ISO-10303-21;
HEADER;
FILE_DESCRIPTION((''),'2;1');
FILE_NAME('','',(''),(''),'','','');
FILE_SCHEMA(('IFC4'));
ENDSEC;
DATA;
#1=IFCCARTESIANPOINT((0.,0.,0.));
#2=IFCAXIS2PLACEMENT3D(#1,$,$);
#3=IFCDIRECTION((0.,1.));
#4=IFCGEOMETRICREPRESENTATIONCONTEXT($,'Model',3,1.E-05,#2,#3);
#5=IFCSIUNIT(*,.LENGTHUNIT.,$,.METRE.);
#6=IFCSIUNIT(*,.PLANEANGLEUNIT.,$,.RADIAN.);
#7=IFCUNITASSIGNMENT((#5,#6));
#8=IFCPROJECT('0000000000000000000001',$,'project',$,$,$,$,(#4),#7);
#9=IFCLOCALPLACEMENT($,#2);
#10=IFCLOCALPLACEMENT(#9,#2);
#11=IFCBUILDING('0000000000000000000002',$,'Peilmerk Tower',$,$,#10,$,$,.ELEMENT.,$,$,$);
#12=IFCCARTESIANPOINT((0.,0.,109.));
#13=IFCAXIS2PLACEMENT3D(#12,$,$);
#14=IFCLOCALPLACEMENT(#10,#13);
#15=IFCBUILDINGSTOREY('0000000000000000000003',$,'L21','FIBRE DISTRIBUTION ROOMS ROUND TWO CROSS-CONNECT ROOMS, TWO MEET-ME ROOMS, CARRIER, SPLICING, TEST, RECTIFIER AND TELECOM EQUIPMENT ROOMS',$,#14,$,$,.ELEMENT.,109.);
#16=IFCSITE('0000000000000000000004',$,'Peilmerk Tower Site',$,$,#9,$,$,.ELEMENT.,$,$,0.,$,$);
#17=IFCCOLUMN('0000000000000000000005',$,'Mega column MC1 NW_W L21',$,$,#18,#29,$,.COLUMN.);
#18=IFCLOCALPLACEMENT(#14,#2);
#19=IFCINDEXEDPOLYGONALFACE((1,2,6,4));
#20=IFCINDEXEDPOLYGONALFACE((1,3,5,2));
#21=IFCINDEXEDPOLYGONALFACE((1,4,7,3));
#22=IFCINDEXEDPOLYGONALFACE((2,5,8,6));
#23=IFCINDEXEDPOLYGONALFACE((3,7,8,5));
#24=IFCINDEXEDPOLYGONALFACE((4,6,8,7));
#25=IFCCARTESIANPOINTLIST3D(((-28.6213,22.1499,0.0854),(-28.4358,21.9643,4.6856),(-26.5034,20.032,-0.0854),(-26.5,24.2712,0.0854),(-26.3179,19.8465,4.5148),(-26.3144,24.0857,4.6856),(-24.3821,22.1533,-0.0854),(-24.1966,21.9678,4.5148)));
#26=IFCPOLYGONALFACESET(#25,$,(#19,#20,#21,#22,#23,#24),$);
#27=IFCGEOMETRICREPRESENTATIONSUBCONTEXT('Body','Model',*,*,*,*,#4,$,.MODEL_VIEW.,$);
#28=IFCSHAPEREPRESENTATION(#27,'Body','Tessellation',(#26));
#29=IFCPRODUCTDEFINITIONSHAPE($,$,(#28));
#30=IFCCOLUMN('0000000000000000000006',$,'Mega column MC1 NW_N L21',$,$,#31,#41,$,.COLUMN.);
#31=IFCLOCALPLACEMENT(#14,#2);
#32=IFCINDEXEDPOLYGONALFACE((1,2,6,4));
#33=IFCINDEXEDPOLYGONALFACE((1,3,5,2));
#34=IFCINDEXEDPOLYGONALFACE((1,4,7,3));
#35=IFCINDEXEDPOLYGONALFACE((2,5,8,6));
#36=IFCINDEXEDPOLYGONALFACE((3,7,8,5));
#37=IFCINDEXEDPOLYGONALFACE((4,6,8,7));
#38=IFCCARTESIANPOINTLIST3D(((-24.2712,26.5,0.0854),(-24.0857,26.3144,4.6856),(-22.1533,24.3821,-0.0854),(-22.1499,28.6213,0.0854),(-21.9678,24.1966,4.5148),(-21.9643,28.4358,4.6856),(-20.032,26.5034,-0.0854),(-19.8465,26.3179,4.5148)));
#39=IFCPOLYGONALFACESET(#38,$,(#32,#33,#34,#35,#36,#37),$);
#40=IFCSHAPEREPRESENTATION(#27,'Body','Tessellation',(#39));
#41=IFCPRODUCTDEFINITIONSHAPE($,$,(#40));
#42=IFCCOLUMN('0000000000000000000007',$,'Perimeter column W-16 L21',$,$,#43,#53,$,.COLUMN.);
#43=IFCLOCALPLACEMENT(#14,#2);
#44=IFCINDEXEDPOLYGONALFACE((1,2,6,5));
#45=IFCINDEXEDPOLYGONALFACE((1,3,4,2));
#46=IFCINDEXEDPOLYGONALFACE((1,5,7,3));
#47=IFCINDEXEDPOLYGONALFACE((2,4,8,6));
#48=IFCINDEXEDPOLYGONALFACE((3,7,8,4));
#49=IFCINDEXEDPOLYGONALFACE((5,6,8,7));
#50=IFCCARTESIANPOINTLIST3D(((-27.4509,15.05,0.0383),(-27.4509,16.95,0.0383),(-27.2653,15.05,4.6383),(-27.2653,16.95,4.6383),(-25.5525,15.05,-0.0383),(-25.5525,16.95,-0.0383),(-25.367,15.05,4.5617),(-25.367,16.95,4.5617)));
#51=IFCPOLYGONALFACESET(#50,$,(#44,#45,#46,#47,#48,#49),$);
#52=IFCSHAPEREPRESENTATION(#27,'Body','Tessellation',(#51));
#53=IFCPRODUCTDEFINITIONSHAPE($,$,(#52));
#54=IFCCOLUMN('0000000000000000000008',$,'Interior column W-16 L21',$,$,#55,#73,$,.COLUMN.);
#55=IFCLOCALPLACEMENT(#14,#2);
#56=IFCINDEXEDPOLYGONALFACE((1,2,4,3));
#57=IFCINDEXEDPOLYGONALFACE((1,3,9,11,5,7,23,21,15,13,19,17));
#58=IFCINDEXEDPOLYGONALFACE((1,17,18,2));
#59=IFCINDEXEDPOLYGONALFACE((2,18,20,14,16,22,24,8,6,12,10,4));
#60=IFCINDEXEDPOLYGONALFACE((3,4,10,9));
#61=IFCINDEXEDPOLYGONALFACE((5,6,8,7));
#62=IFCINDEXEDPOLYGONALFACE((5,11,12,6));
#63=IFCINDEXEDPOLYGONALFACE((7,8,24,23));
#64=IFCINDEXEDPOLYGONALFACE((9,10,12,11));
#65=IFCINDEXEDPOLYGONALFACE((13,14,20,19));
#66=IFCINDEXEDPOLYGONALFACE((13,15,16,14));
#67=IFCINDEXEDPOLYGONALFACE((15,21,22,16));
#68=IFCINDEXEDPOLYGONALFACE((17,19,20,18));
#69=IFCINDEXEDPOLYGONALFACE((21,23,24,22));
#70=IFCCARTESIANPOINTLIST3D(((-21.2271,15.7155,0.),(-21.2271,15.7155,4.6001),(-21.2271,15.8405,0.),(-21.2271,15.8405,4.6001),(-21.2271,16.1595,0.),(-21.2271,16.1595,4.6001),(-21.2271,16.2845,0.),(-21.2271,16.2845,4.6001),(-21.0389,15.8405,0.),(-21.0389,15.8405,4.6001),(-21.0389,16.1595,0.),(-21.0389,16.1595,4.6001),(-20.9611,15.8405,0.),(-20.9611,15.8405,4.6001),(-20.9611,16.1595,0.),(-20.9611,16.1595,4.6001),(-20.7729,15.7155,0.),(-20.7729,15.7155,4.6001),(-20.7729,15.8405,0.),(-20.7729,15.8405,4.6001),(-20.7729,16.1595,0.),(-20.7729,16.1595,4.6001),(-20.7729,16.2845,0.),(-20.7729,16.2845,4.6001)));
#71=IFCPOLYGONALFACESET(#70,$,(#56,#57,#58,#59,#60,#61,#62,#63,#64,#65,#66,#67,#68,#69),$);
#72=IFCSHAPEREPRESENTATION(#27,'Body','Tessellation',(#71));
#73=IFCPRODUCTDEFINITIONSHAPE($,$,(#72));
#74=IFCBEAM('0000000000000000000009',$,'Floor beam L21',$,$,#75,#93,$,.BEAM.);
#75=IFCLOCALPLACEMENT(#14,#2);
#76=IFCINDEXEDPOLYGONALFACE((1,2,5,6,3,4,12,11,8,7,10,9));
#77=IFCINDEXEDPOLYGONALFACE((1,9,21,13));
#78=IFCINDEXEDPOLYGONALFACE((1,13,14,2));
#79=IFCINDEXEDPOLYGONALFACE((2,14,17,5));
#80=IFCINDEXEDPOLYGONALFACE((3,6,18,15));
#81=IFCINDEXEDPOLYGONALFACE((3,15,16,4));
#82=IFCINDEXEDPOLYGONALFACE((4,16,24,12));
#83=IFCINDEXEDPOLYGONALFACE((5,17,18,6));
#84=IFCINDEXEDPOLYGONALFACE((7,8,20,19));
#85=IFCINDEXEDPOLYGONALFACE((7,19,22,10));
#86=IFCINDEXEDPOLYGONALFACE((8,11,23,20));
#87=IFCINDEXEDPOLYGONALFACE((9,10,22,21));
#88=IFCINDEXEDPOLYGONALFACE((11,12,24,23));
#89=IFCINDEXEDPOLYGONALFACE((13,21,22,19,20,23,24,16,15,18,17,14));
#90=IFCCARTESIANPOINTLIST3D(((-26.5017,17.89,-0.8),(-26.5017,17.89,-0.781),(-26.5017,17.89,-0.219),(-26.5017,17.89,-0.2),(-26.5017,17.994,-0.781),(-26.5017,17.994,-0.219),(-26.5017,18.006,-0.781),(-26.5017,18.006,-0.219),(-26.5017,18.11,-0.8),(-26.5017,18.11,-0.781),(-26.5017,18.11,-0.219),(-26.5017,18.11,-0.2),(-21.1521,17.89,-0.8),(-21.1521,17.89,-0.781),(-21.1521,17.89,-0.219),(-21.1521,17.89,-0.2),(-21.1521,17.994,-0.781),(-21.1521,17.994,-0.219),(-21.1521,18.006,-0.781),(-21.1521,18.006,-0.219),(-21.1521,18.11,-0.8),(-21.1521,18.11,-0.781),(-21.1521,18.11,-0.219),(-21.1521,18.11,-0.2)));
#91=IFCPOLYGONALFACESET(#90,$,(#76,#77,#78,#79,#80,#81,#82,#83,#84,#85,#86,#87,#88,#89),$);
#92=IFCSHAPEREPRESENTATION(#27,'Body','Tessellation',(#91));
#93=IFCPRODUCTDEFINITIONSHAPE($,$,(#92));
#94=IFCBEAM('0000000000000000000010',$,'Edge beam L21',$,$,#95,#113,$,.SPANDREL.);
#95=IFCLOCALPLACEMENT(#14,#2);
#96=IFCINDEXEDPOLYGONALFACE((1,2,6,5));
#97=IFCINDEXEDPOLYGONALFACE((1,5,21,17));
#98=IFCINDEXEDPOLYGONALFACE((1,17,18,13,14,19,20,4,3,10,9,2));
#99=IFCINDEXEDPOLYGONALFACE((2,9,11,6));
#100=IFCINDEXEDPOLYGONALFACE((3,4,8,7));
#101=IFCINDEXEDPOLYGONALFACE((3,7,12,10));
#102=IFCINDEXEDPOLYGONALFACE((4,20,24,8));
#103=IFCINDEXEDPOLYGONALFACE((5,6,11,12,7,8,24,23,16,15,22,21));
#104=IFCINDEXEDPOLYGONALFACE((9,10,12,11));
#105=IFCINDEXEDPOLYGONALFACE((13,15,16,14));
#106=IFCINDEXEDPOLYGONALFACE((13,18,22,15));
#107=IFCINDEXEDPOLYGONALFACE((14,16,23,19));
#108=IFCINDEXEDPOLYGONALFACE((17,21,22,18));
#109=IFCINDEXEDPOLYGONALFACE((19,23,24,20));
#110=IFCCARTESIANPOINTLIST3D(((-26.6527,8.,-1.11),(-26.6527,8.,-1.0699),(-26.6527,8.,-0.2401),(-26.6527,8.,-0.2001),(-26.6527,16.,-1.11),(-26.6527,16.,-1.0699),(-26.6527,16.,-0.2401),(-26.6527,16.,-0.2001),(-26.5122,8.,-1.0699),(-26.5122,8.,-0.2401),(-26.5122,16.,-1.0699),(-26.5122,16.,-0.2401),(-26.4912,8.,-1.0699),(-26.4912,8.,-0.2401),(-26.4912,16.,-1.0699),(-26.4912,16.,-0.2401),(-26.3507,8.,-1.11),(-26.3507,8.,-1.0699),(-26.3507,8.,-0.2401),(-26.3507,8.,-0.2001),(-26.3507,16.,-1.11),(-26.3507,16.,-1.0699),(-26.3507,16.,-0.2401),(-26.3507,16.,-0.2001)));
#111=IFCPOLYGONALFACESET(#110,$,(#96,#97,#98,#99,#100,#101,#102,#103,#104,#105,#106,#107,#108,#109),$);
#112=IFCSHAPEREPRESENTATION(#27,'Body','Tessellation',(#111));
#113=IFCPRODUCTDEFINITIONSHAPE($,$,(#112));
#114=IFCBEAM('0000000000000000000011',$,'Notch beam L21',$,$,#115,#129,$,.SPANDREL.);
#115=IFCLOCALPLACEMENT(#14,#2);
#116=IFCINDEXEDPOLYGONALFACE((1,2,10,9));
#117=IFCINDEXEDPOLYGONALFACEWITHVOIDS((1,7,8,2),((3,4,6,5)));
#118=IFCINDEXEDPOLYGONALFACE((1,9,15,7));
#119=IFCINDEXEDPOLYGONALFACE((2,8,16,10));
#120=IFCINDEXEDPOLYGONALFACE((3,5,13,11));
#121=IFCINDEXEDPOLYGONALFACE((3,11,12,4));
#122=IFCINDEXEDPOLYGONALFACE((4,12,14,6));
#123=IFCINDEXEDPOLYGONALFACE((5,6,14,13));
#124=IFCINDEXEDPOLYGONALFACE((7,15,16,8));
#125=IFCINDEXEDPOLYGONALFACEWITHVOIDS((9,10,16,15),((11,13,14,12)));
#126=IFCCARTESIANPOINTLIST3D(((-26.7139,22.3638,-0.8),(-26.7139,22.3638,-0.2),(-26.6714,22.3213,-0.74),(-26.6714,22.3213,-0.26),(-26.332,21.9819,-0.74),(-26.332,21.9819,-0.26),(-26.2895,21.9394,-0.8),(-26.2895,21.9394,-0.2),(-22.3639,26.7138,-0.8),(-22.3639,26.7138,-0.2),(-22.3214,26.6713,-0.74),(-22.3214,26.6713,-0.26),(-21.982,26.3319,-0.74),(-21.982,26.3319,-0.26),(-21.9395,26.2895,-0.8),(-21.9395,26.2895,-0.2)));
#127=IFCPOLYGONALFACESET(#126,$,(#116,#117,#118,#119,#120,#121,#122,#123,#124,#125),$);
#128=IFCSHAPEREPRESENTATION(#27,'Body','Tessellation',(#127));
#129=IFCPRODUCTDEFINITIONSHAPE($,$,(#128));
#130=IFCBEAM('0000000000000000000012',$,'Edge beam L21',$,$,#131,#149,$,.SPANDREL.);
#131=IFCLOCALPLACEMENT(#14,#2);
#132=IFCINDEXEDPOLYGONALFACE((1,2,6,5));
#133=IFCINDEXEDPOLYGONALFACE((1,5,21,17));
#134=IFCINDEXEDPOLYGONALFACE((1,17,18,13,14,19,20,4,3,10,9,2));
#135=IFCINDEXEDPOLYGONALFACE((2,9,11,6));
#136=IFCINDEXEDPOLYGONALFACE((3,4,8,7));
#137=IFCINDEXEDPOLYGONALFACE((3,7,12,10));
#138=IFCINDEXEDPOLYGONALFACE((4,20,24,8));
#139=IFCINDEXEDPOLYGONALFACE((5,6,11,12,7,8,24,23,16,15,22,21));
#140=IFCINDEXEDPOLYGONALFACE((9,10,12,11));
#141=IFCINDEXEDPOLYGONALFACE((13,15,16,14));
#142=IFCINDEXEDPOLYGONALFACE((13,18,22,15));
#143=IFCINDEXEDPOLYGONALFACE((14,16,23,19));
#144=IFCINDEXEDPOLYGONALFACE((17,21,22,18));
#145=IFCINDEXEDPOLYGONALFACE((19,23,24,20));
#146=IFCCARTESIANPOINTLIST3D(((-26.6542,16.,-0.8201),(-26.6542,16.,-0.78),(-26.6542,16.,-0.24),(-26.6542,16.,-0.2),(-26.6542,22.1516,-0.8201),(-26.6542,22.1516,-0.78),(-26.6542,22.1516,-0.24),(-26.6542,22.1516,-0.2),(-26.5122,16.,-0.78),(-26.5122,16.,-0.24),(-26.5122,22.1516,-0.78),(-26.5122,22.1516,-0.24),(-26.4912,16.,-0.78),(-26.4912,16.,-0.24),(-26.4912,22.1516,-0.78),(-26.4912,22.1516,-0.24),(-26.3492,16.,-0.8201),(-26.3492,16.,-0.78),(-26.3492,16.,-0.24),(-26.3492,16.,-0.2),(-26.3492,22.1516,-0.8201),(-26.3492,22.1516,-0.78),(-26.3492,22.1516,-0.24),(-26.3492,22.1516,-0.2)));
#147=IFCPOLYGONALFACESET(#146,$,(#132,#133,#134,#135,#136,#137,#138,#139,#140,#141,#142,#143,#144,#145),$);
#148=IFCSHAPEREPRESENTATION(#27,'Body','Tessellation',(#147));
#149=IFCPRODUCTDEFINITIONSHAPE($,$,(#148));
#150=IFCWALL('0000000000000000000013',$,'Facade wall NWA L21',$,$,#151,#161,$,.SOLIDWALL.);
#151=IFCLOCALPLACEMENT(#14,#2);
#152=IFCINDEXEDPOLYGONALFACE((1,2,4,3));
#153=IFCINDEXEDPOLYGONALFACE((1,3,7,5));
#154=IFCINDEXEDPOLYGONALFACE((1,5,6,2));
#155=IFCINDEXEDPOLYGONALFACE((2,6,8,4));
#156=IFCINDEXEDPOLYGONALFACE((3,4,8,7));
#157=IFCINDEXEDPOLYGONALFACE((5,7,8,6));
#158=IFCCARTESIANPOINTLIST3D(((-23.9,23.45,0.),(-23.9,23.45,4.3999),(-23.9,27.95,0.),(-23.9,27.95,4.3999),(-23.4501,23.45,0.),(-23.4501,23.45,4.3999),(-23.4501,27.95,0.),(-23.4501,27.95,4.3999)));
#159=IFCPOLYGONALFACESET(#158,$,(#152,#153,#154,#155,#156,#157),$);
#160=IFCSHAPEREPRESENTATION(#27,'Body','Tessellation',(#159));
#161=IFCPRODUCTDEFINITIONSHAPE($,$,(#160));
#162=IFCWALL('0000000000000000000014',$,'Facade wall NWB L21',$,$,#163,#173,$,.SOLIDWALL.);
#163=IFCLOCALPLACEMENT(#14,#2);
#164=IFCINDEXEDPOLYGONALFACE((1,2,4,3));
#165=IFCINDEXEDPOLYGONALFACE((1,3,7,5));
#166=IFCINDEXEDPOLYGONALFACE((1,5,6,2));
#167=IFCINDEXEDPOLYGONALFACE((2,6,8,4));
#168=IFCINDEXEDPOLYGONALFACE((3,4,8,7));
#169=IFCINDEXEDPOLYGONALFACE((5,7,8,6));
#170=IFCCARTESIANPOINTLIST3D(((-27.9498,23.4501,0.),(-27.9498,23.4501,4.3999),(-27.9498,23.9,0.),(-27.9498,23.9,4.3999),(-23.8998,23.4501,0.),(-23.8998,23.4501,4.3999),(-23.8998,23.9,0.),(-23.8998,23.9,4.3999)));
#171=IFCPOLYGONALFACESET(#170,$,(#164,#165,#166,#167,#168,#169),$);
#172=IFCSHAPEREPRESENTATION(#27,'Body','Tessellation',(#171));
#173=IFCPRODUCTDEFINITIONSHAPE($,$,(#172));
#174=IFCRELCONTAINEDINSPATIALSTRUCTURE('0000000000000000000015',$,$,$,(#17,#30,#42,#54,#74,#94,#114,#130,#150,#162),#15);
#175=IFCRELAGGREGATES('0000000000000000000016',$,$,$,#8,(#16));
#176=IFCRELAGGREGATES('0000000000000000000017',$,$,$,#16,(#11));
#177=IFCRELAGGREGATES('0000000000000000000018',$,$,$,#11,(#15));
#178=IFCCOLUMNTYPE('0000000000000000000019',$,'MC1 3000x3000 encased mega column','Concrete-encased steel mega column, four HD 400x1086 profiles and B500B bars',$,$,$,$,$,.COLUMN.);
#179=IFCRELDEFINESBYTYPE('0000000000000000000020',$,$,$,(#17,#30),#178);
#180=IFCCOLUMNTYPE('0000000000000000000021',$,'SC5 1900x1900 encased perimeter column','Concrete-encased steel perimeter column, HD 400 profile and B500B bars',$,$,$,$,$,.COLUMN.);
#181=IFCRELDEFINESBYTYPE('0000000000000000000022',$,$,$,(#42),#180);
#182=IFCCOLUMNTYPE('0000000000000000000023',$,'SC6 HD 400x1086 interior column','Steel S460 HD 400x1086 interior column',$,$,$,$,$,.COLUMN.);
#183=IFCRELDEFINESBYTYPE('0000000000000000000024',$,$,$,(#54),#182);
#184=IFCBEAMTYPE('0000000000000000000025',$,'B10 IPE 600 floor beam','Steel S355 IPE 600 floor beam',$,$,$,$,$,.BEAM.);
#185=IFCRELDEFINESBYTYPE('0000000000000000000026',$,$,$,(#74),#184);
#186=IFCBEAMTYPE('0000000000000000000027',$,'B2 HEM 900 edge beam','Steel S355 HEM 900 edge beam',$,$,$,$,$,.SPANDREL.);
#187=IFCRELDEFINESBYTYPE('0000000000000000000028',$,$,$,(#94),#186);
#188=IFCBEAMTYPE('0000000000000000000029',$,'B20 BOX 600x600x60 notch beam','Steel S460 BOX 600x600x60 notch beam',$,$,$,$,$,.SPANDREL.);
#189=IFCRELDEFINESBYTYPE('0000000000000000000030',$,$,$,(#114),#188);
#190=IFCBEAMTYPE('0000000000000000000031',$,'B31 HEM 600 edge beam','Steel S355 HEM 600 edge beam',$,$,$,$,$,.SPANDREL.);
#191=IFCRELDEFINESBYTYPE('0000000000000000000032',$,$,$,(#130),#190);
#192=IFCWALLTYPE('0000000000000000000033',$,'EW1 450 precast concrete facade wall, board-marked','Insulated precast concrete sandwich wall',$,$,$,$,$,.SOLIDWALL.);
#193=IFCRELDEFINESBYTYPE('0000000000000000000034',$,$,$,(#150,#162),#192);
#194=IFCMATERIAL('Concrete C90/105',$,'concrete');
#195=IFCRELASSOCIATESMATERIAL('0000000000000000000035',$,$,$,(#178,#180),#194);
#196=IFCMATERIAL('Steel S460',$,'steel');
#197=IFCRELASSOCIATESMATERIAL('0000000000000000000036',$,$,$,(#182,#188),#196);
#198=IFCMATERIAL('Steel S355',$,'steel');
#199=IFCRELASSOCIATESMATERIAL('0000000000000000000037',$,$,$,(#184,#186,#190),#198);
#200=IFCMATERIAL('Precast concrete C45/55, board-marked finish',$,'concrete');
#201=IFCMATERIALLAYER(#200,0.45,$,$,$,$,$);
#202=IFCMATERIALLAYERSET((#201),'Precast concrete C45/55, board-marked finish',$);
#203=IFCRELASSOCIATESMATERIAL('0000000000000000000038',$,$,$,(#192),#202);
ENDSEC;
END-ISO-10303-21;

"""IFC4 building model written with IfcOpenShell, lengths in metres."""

from ifc_helpers import new_model, si_unit, direction, frame, frame_2d, origin, origin_2d, place, context, subcontext, project, spatial, rectangle, hollow_rectangle, i_section, extrude, material, layer, layer_set, material_profile, profile_set, type_object, element, save


model = new_model("IFC4")

# Units and contexts
model_context = context("Model", 3, precision=1e-05, world=origin(), true_north=direction((0.0, 1.0)))
body_context = subcontext(model_context, "Body", "Model", "MODEL_VIEW")
ifc_project = project(units=[si_unit("LENGTHUNIT", "METRE"), si_unit("PLANEANGLEUNIT", "RADIAN")], contexts=[model_context])

# Site, building, storey
site_placement = place(None, origin())
site = spatial("IfcSite", under=ifc_project, at=site_placement, Name="Peilmerk Tower Site", CompositionType="ELEMENT", RefElevation=0.0)
building_placement = place(site_placement, origin())
building = spatial("IfcBuilding", under=site, at=building_placement, Name="Peilmerk Tower", CompositionType="ELEMENT")
storey_placement = place(building_placement, frame((0.0, 0.0, 109.0)))
storey = spatial("IfcBuildingStorey", under=building, at=storey_placement, Name="L21", Description="FIBRE DISTRIBUTION ROOMS ROUND TWO CROSS-CONNECT ROOMS, TWO MEET-ME ROOMS, CARRIER, SPLICING, TEST, RECTIFIER AND TELECOM EQUIPMENT ROOMS", CompositionType="ELEMENT", Elevation=109.0)

# Columns
ifc_material_1 = material(Name="Concrete C90/105", Category="concrete")
ifc_material_profile_1 = material_profile(ifc_material_1, rectangle(XDim=3.0, YDim=3.0, at=origin_2d()), Name="RC 3000x3000")
ifc_profile_set_1 = profile_set([ifc_material_profile_1], Name="Concrete C90/105")
column_type_1 = type_object("IfcColumnType", Name="MC1 3000x3000 encased mega column", Description="Concrete-encased steel mega column, four HD 400x1086 profiles and B500B bars", PredefinedType="COLUMN", material=ifc_profile_set_1)
for number, where, z_axis, x_axis, name in (
    (1, (-26.5017, 22.1516, 0.0), (0.04027, -0.04027, 0.998377), (0.707107, 0.707107, 0.0), "Mega column MC1 NW_W L21"),
    (2, (-22.1516, 26.5017, 0.0), (0.04027, -0.04027, 0.998377), (0.707107, 0.707107, 0.0), "Mega column MC1 NW_N L21"),
):
    element("IfcColumn", number, at=place(storey_placement, frame(where, z_axis=z_axis, x_axis=x_axis)), inside=storey, type_object=column_type_1, Name=name, PredefinedType="COLUMN", context=body_context, shape_type="SweptSolid", body=[
        extrude(rectangle(XDim=3.0, YDim=3.0, at=origin_2d()), origin(), (0.0, 0.0, 1.0), 4.6077),
    ])
ifc_material_profile_2 = material_profile(ifc_material_1, rectangle(XDim=1.8999, YDim=1.8999, at=origin_2d()), Name="RC 1900x1900")
ifc_profile_set_2 = profile_set([ifc_material_profile_2], Name="Concrete C90/105")
column_type_2 = type_object("IfcColumnType", Name="SC5 1900x1900 encased perimeter column", Description="Concrete-encased steel perimeter column, HD 400 profile and B500B bars", PredefinedType="COLUMN", material=ifc_profile_set_2)
column_1_placement = place(storey_placement, frame((-26.5017, 16.0, 0.0), z_axis=(0.040303, 0.0, 0.999188), x_axis=(0.0, 1.0, 0.0)))
element("IfcColumn", 3, at=column_1_placement, inside=storey, type_object=column_type_2, Name="Perimeter column W-16 L21", PredefinedType="COLUMN", context=body_context, shape_type="SweptSolid", body=[
    extrude(rectangle(XDim=1.8999, YDim=1.8999, at=origin_2d()), origin(), (0.0, 0.0, 1.0), 4.6038),
])
ifc_material_2 = material(Name="Steel S460", Category="steel")
ifc_material_profile_3 = material_profile(ifc_material_2, i_section(OverallWidth=0.4541, OverallDepth=0.5691, WebThickness=0.0779, FlangeThickness=0.125, at=origin_2d()), Name="HD 400x1086")
ifc_profile_set_3 = profile_set([ifc_material_profile_3], Name="Steel S460")
column_type_3 = type_object("IfcColumnType", Name="SC6 HD 400x1086 interior column", Description="Steel S460 HD 400x1086 interior column", PredefinedType="COLUMN", material=ifc_profile_set_3)
column_2_placement = place(storey_placement, frame((-21.0, 16.0, 0.0), z_axis=(0.0, 0.0, 1.0), x_axis=(1.0, 0.0, 0.0)))
element("IfcColumn", 4, at=column_2_placement, inside=storey, type_object=column_type_3, Name="Interior column W-16 L21", PredefinedType="COLUMN", context=body_context, shape_type="SweptSolid", body=[
    extrude(i_section(OverallWidth=0.4541, OverallDepth=0.5691, WebThickness=0.0779, FlangeThickness=0.125, at=origin_2d()), origin(), (0.0, 0.0, 1.0), 4.6001),
])

# Beams
ifc_material_3 = material(Name="Steel S355", Category="steel")
ifc_material_profile_4 = material_profile(ifc_material_3, i_section(OverallWidth=0.22, OverallDepth=0.6001, WebThickness=0.012, FlangeThickness=0.019, at=origin_2d()), Name="IPE 600")
ifc_profile_set_4 = profile_set([ifc_material_profile_4], Name="Steel S355")
beam_type_1 = type_object("IfcBeamType", Name="B10 IPE 600 floor beam", Description="Steel S355 IPE 600 floor beam", PredefinedType="BEAM", material=ifc_profile_set_4)
beam_1_placement = place(storey_placement, frame((-21.1521, 18.0, -0.5), z_axis=(-1.0, 0.0, 0.0), x_axis=(0.0, -1.0, 0.0)))
element("IfcBeam", 5, at=beam_1_placement, inside=storey, type_object=beam_type_1, Name="Floor beam L21", PredefinedType="BEAM", context=body_context, shape_type="SweptSolid", body=[
    extrude(i_section(OverallWidth=0.22, OverallDepth=0.6001, WebThickness=0.012, FlangeThickness=0.019, at=origin_2d()), origin(), (0.0, 0.0, 1.0), 5.3496),
])
ifc_material_profile_5 = material_profile(ifc_material_3, i_section(OverallWidth=0.302, OverallDepth=0.9099, WebThickness=0.021, FlangeThickness=0.04, at=origin_2d()), Name="HEM 900")
ifc_profile_set_5 = profile_set([ifc_material_profile_5], Name="Steel S355")
beam_type_2 = type_object("IfcBeamType", Name="B2 HEM 900 edge beam", Description="Steel S355 HEM 900 edge beam", PredefinedType="SPANDREL", material=ifc_profile_set_5)
beam_2_placement = place(storey_placement, frame((-26.5017, 16.0, -0.655), z_axis=(0.0, -1.0, 0.0), x_axis=(1.0, 0.0, 0.0)))
element("IfcBeam", 6, at=beam_2_placement, inside=storey, type_object=beam_type_2, Name="Edge beam L21", PredefinedType="SPANDREL", context=body_context, shape_type="SweptSolid", body=[
    extrude(i_section(OverallWidth=0.302, OverallDepth=0.9099, WebThickness=0.021, FlangeThickness=0.04, at=origin_2d()), origin(), (0.0, 0.0, 1.0), 8.0),
])
ifc_material_profile_6 = material_profile(ifc_material_2, hollow_rectangle(XDim=0.6001, YDim=0.6001, WallThickness=0.0601, at=origin_2d()), Name="BOX 600x600x60")
ifc_profile_set_6 = profile_set([ifc_material_profile_6], Name="Steel S460")
beam_type_3 = type_object("IfcBeamType", Name="B20 BOX 600x600x60 notch beam", Description="Steel S460 BOX 600x600x60 notch beam", PredefinedType="SPANDREL", material=ifc_profile_set_6)
beam_3_placement = place(storey_placement, frame((-26.5017, 22.1516, -0.5), z_axis=(0.707107, 0.707107, 0.0), x_axis=(-0.707107, 0.707107, 0.0)))
element("IfcBeam", 7, at=beam_3_placement, inside=storey, type_object=beam_type_3, Name="Notch beam L21", PredefinedType="SPANDREL", context=body_context, shape_type="SweptSolid", body=[
    extrude(hollow_rectangle(XDim=0.6001, YDim=0.6001, WallThickness=0.0601, at=origin_2d()), origin(), (0.0, 0.0, 1.0), 6.1519),
])
ifc_material_profile_7 = material_profile(ifc_material_3, i_section(OverallWidth=0.3049, OverallDepth=0.6201, WebThickness=0.021, FlangeThickness=0.04, at=origin_2d()), Name="HEM 600")
ifc_profile_set_7 = profile_set([ifc_material_profile_7], Name="Steel S355")
beam_type_4 = type_object("IfcBeamType", Name="B31 HEM 600 edge beam", Description="Steel S355 HEM 600 edge beam", PredefinedType="SPANDREL", material=ifc_profile_set_7)
beam_4_placement = place(storey_placement, frame((-26.5017, 22.1516, -0.51), z_axis=(0.0, -1.0, 0.0), x_axis=(1.0, 0.0, 0.0)))
element("IfcBeam", 8, at=beam_4_placement, inside=storey, type_object=beam_type_4, Name="Edge beam L21", PredefinedType="SPANDREL", context=body_context, shape_type="SweptSolid", body=[
    extrude(i_section(OverallWidth=0.3049, OverallDepth=0.6201, WebThickness=0.021, FlangeThickness=0.04, at=origin_2d()), origin(), (0.0, 0.0, 1.0), 6.1516),
])

# Shared definitions
ifc_material_4 = material(Name="Precast concrete C45/55, board-marked finish", Category="concrete")
ifc_layer = layer(ifc_material_4, 0.45)
ifc_layer_set = layer_set([ifc_layer], Name="Precast concrete C45/55, board-marked finish")
wall_type = type_object("IfcWallType", Name="EW1 450 precast concrete facade wall, board-marked", Description="Insulated precast concrete sandwich wall", PredefinedType="SOLIDWALL", material=ifc_layer_set)

# Walls
wall_1_placement = place(storey_placement, frame((-23.675, 23.45, 0.0), z_axis=(0.0, 0.0, 1.0), x_axis=(0.0, 1.0, 0.0)))
element("IfcWall", 9, at=wall_1_placement, inside=storey, type_object=wall_type, Name="Facade wall NWA L21", PredefinedType="SOLIDWALL", context=body_context, shape_type="SweptSolid", body=[
    extrude(rectangle(XDim=4.5, YDim=0.45, at=frame_2d((2.25, 0.0))), origin(), (0.0, 0.0, 1.0), 4.3999),
])
wall_2_placement = place(storey_placement, frame((-23.8999, 23.675, 0.0), z_axis=(0.0, 0.0, 1.0), x_axis=(-1.0, 0.0, 0.0)))
element("IfcWall", 10, at=wall_2_placement, inside=storey, type_object=wall_type, Name="Facade wall NWB L21", PredefinedType="SOLIDWALL", context=body_context, shape_type="SweptSolid", body=[
    extrude(rectangle(XDim=4.05, YDim=0.45, at=frame_2d((2.0249, 0.0))), origin(), (0.0, 0.0, 1.0), 4.3999),
])

save(model, "model.ifc")
